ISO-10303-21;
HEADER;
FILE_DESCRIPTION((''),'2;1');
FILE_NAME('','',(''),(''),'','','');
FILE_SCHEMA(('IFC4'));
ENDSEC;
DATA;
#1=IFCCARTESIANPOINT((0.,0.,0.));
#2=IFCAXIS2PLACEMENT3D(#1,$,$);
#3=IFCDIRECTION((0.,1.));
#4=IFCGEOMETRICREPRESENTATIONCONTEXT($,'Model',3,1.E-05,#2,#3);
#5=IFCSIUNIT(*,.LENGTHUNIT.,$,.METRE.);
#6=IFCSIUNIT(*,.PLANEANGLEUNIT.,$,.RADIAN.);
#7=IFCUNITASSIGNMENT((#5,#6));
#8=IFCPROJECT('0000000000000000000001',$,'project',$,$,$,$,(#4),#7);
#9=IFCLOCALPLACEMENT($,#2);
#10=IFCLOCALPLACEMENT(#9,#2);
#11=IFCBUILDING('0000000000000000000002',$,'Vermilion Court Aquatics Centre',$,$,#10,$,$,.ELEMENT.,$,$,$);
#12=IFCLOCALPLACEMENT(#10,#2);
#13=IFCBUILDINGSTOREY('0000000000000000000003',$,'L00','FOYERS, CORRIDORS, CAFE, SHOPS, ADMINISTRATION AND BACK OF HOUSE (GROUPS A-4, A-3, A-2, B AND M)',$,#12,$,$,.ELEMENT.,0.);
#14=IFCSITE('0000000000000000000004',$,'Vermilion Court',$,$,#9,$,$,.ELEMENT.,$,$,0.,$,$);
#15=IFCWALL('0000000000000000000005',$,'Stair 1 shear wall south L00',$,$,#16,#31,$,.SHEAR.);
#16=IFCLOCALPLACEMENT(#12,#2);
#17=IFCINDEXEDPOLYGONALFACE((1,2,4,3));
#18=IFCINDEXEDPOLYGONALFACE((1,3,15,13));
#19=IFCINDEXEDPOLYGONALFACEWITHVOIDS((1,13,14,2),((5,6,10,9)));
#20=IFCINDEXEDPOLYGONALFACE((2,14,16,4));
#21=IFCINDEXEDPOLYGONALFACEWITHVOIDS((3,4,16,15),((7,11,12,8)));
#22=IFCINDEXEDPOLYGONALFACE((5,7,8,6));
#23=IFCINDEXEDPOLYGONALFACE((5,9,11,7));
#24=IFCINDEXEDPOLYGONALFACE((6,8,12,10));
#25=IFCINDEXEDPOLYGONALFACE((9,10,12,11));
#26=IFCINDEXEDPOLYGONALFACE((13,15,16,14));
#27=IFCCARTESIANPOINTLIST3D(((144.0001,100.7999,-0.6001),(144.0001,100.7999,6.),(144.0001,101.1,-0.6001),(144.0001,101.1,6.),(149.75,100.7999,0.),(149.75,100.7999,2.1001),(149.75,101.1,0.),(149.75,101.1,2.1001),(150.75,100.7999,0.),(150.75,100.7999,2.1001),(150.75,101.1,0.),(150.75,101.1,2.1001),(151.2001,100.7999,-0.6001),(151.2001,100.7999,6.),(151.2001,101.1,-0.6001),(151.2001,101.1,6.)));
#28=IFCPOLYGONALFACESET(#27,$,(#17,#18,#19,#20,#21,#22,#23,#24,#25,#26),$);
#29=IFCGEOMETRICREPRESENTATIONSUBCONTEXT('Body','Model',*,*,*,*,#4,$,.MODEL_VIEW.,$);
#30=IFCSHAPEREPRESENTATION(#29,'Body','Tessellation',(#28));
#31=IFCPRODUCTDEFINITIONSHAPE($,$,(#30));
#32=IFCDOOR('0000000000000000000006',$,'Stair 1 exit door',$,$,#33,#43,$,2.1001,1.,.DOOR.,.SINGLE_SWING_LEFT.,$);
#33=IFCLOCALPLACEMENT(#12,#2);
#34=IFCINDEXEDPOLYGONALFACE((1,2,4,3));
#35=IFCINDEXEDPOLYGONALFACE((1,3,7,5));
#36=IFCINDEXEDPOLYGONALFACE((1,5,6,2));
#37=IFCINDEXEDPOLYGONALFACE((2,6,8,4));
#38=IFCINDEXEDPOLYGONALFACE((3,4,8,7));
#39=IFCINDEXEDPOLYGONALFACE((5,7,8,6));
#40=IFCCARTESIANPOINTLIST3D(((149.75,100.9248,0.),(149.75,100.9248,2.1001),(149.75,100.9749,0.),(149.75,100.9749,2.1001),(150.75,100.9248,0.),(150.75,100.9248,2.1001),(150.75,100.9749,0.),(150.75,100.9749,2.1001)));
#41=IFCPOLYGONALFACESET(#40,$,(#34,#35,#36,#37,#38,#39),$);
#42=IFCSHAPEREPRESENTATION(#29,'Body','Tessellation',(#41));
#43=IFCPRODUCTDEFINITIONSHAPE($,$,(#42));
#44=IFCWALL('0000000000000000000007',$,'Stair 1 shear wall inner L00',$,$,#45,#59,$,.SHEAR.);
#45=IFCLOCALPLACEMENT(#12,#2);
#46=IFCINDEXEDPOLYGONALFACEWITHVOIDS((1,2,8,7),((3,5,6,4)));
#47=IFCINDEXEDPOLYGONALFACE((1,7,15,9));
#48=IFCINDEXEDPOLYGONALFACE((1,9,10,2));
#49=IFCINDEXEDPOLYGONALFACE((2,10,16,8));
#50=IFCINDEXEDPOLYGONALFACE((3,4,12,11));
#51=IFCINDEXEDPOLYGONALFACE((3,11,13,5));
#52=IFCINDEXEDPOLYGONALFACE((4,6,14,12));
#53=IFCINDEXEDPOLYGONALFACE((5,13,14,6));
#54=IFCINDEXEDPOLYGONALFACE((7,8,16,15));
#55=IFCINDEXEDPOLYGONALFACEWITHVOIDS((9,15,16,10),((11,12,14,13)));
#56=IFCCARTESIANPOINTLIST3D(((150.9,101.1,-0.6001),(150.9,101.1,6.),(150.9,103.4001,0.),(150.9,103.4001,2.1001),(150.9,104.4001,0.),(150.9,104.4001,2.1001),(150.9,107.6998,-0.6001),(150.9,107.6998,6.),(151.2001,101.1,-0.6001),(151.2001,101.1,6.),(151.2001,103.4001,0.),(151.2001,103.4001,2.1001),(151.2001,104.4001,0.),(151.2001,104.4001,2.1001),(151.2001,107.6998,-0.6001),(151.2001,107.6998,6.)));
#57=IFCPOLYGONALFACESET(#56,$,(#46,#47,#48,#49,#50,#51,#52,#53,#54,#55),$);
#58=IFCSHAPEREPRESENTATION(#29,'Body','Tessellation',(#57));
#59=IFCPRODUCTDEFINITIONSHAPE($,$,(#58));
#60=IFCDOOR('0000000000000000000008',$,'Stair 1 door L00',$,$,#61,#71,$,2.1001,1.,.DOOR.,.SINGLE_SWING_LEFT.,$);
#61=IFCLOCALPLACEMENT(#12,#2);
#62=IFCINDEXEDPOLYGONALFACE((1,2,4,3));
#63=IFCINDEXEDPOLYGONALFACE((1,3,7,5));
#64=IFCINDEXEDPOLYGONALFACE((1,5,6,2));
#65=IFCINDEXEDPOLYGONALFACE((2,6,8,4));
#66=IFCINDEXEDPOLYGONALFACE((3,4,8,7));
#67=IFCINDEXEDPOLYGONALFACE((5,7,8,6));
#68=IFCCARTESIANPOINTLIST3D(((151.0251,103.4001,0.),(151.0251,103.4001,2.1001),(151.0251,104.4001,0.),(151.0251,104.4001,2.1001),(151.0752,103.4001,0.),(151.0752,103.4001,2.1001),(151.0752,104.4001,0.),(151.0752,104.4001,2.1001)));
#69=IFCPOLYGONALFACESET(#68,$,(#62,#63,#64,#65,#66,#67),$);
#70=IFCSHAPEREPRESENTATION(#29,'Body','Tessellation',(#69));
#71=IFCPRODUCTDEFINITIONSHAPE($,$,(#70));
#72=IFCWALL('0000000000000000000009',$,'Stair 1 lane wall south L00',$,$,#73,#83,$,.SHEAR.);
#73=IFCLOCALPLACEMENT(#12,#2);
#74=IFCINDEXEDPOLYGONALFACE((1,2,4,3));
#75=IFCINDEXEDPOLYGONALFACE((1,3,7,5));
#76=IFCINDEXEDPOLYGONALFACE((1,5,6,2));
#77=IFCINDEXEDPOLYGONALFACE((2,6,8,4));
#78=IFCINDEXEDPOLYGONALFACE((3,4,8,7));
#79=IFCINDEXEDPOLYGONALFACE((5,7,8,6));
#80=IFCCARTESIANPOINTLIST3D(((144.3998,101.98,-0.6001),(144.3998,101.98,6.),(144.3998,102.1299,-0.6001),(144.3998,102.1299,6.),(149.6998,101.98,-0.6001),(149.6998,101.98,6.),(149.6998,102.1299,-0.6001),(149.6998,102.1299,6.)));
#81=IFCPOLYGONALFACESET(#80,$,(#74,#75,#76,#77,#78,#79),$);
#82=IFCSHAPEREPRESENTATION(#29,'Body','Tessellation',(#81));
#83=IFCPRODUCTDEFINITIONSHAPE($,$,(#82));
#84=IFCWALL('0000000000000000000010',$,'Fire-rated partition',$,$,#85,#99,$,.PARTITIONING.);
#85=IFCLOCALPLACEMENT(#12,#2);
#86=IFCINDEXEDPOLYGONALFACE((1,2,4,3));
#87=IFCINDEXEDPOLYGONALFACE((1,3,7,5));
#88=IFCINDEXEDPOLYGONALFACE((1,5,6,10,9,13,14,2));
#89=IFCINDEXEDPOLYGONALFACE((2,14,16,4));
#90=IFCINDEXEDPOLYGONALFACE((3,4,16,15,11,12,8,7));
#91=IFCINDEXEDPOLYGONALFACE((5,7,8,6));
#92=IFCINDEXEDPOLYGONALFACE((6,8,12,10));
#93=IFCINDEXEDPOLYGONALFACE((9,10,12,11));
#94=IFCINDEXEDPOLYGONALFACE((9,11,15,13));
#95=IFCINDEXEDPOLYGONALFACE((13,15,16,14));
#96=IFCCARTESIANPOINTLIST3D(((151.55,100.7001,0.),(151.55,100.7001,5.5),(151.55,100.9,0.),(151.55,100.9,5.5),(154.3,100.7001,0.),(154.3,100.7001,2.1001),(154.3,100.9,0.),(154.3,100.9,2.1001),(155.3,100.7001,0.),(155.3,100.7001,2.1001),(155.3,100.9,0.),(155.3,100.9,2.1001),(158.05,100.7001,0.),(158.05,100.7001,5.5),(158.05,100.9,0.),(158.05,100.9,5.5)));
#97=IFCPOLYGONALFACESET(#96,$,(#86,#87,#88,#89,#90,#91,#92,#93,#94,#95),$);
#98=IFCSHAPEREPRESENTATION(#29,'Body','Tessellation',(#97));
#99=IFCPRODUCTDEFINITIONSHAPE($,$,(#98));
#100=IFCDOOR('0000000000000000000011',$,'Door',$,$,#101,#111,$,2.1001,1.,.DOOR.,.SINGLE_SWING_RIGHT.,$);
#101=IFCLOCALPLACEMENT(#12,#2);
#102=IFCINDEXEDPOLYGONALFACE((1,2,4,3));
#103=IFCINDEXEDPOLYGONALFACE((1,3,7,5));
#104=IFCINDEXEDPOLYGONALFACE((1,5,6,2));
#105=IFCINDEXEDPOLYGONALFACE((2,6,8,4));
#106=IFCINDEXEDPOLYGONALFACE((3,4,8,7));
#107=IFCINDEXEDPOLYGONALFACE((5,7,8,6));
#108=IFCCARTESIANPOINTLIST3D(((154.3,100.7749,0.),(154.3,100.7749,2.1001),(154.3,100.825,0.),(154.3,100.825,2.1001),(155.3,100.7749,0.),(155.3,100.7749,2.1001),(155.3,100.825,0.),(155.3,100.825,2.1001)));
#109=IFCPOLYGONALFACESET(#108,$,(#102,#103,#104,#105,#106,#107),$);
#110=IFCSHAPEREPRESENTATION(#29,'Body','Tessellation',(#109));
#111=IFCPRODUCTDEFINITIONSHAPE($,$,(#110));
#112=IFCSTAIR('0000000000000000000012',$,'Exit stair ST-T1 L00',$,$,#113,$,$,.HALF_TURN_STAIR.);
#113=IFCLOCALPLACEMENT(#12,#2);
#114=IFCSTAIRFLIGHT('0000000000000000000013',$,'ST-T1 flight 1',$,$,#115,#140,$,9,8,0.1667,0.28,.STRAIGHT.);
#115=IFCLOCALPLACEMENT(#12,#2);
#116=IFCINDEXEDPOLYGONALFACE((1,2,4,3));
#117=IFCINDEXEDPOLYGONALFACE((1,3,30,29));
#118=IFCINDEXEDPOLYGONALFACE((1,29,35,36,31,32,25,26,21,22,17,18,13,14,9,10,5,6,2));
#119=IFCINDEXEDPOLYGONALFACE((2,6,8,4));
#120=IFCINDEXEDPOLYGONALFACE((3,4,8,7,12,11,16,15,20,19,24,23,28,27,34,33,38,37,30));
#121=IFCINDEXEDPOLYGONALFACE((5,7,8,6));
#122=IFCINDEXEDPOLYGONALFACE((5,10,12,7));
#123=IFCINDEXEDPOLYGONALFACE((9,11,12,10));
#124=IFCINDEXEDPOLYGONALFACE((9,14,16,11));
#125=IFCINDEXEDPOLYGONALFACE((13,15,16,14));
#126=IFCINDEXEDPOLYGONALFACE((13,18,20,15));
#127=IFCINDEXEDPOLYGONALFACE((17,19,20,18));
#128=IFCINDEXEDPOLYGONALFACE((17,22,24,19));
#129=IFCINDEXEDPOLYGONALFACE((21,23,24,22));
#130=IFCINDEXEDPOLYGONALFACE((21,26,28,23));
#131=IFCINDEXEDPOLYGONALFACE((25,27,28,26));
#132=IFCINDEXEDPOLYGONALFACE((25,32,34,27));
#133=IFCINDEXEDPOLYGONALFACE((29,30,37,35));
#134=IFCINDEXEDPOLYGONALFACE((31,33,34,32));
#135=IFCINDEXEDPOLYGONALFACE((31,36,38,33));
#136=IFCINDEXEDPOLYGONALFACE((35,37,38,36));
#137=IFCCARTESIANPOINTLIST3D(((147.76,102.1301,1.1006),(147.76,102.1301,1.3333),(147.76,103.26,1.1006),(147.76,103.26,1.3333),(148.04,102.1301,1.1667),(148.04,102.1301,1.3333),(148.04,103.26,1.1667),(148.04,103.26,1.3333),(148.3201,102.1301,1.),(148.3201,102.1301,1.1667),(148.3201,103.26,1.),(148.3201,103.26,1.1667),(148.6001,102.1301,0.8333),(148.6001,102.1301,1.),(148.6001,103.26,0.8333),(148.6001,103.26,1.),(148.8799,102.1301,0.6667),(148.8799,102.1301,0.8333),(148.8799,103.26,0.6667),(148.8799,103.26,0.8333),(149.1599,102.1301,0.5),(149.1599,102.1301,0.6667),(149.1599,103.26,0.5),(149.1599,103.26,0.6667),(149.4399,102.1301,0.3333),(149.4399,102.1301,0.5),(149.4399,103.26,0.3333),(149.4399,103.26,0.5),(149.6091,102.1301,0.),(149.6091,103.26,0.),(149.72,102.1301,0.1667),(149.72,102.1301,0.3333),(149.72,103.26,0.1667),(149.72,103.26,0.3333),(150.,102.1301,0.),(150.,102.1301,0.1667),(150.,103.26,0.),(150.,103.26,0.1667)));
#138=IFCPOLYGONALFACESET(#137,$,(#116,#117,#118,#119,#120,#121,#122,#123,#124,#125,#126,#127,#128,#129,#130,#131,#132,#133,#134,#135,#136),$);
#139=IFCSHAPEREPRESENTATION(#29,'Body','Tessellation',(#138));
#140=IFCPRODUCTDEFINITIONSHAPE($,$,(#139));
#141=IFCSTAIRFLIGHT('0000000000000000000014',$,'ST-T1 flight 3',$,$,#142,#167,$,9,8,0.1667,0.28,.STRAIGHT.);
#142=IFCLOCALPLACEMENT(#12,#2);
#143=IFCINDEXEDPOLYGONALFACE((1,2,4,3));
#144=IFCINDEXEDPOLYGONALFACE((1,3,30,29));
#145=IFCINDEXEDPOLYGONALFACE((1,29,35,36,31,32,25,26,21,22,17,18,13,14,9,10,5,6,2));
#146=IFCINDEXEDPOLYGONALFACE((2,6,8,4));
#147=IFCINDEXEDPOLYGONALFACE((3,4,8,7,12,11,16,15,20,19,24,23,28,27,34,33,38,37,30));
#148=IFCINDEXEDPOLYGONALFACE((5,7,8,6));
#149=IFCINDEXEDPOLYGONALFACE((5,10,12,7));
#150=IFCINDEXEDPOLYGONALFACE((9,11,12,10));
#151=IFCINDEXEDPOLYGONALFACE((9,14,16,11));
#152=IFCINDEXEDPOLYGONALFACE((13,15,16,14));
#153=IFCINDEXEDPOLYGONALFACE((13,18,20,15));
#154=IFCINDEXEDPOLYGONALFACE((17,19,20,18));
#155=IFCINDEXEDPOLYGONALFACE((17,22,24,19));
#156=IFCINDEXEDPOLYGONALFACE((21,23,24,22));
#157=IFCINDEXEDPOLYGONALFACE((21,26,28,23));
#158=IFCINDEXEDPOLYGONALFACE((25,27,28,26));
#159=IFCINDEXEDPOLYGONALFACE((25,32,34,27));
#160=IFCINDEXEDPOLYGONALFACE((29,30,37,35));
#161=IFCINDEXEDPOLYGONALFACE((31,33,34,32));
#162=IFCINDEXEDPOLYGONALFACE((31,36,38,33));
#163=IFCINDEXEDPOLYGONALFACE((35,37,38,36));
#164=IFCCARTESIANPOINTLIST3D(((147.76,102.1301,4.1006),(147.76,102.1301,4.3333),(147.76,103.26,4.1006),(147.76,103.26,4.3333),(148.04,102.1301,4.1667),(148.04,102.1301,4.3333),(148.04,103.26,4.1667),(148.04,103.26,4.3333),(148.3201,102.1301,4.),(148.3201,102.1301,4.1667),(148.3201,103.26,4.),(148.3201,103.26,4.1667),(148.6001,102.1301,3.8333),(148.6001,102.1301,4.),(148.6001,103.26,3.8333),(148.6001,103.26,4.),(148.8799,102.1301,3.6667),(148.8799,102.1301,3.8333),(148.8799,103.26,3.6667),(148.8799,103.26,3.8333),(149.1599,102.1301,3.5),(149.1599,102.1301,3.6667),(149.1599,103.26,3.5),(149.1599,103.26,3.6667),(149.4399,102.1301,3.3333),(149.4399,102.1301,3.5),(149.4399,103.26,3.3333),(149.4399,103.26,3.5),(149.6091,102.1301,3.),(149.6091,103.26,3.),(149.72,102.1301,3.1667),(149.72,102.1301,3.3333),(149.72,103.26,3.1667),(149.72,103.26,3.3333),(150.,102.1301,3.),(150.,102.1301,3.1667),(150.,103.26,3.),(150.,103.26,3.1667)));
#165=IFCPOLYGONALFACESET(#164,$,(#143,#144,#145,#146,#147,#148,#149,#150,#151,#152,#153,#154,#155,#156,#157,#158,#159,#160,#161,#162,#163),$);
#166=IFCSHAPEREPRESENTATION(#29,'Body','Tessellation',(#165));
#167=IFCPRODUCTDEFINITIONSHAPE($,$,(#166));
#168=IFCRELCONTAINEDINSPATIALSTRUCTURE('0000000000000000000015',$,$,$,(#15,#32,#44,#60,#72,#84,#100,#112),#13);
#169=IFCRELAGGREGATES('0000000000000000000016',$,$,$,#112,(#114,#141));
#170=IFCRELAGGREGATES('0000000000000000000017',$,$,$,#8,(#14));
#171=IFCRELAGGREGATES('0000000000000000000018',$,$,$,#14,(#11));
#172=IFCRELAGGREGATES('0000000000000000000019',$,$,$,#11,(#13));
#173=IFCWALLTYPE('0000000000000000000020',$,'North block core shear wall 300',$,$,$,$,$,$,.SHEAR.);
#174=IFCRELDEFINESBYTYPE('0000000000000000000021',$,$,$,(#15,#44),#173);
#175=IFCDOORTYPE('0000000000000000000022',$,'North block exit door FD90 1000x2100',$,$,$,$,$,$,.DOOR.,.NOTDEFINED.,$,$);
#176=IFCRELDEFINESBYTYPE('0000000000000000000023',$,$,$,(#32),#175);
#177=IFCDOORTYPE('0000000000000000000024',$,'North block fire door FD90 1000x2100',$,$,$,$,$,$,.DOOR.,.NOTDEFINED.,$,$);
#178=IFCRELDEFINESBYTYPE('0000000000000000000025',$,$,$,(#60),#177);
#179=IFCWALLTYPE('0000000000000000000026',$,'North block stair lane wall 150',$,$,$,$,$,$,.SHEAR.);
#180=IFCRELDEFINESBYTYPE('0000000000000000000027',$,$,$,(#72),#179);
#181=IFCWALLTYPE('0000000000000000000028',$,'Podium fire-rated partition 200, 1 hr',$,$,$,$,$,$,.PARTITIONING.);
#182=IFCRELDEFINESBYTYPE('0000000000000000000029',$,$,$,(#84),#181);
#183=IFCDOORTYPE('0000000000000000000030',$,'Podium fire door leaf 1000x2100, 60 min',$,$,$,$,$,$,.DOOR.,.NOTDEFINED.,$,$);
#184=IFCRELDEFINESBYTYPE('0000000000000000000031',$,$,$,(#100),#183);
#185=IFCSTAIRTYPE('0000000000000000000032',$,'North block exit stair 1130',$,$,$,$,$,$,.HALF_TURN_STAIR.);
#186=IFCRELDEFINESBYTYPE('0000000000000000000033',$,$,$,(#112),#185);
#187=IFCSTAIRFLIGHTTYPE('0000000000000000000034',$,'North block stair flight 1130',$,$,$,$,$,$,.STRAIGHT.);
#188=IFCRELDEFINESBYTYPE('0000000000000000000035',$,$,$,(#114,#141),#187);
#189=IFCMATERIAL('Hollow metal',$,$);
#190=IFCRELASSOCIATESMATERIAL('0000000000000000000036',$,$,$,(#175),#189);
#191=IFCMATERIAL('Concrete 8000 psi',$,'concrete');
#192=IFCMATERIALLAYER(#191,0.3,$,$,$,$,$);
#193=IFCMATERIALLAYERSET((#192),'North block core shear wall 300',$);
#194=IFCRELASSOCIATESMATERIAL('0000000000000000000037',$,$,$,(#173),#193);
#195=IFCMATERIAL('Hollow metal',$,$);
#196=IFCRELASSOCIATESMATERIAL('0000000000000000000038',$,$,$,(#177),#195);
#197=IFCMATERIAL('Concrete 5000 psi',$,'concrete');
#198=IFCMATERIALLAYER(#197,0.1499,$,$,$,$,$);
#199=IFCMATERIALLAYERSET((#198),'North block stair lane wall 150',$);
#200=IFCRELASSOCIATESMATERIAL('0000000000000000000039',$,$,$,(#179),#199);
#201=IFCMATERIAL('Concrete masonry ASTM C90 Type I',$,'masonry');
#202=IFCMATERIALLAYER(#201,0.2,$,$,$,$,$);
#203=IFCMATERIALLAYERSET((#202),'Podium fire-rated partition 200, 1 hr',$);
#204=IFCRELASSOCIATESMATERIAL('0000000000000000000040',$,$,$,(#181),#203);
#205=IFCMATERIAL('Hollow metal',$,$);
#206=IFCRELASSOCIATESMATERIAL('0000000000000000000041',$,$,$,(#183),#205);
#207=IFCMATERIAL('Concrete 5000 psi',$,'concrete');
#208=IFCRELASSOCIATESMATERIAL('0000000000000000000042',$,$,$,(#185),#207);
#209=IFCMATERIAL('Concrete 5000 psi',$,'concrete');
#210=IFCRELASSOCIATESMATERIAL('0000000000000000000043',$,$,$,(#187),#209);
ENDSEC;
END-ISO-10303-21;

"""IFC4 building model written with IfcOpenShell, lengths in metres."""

from ifc_helpers import new_model, si_unit, direction, frame, frame_2d, origin, place, context, subcontext, project, spatial, polyline, rectangle, outline, extrude, material, layer, layer_set, type_object, element, fill, aggregate, save


model = new_model("IFC4")

# Units and contexts
model_context = context("Model", 3, precision=1e-05, world=origin(), true_north=direction((0.0, 1.0)))
body_context = subcontext(model_context, "Body", "Model", "MODEL_VIEW")
ifc_project = project(units=[si_unit("LENGTHUNIT", "METRE"), si_unit("PLANEANGLEUNIT", "RADIAN")], contexts=[model_context])

# Site, building, storey
site_placement = place(None, origin())
site = spatial("IfcSite", under=ifc_project, at=site_placement, Name="Vermilion Court", CompositionType="ELEMENT", RefElevation=0.0)
building_placement = place(site_placement, origin())
building = spatial("IfcBuilding", under=site, at=building_placement, Name="Vermilion Court Aquatics Centre", CompositionType="ELEMENT")
storey_placement = place(building_placement, origin())
storey = spatial("IfcBuildingStorey", under=building, at=storey_placement, Name="L00", Description="FOYERS, CORRIDORS, CAFE, SHOPS, ADMINISTRATION AND BACK OF HOUSE (GROUPS A-4, A-3, A-2, B AND M)", CompositionType="ELEMENT", Elevation=0.0)

# Walls, openings, doors
ifc_material_1 = material(Name="Hollow metal")
door_type_1 = type_object("IfcDoorType", Name="North block exit door FD90 1000x2100", OperationType="NOTDEFINED", PredefinedType="DOOR", material=ifc_material_1)
ifc_material_2 = material(Name="Concrete 8000 psi", Category="concrete")
ifc_layer_1 = layer(ifc_material_2, 0.3)
ifc_layer_set_1 = layer_set([ifc_layer_1], Name="North block core shear wall 300")
wall_type_1 = type_object("IfcWallType", Name="North block core shear wall 300", PredefinedType="SHEAR", material=ifc_layer_set_1)
wall_1_placement = place(storey_placement, frame((144.0, 100.95, -0.6001), z_axis=(0.0, 0.0, 1.0), x_axis=(1.0, 0.0, 0.0)))
wall_1 = element("IfcWall", 1, at=wall_1_placement, inside=storey, type_object=wall_type_1, Name="Stair 1 shear wall south L00", PredefinedType="SHEAR", context=body_context, shape_type="SweptSolid", body=[
    extrude(rectangle(XDim=7.2, YDim=0.3, at=frame_2d((3.6001, 0.0))), origin(), (0.0, 0.0, 1.0), 6.6001),
])
opening_1_placement = place(wall_1_placement, frame((5.75, 0.0, 0.6001)))
opening_1 = element("IfcOpeningElement", 2, at=opening_1_placement, cuts=wall_1, PredefinedType="OPENING", context=body_context, shape_type="SweptSolid", body=[
    extrude(rectangle(XDim=1.0, YDim=2.1001, at=frame_2d((0.5, 1.05))), frame((0.0, 0.1599, 0.0), z_axis=(0.0, -1.0, 0.0), x_axis=(1.0, 0.0, 0.0)), (0.0, 0.0, 1.0), 0.3201),
])
door_1_placement = place(opening_1_placement, frame((1.0, 0.0, 0.0), z_axis=(0.0, 0.0, 1.0), x_axis=(-1.0, 0.0, 0.0)))
door_1 = element("IfcDoor", 3, at=door_1_placement, inside=storey, type_object=door_type_1, Name="Stair 1 exit door", OperationType="SINGLE_SWING_LEFT", OverallHeight=2.1001, OverallWidth=1.0, PredefinedType="DOOR", context=body_context, shape_type="SweptSolid", body=[
    extrude(rectangle(XDim=1.0, YDim=2.1001, at=frame_2d((0.5, 1.05))), frame((0.0, 0.0251, 0.0), z_axis=(0.0, -1.0, 0.0), x_axis=(1.0, 0.0, 0.0)), (0.0, 0.0, 1.0), 0.05),
])
fill(opening_1, door_1)
wall_2_placement = place(storey_placement, frame((151.05, 101.1001, -0.6001), z_axis=(0.0, 0.0, 1.0), x_axis=(0.0, 1.0, 0.0)))
wall_2 = element("IfcWall", 4, at=wall_2_placement, inside=storey, type_object=wall_type_1, Name="Stair 1 shear wall inner L00", PredefinedType="SHEAR", context=body_context, shape_type="SweptSolid", body=[
    extrude(rectangle(XDim=6.5999, YDim=0.3, at=frame_2d((3.2998, 0.0))), origin(), (0.0, 0.0, 1.0), 6.6001),
])
opening_2_placement = place(wall_2_placement, frame((2.3, 0.0, 0.6001)))
opening_2 = element("IfcOpeningElement", 5, at=opening_2_placement, cuts=wall_2, PredefinedType="OPENING", context=body_context, shape_type="SweptSolid", body=[
    extrude(rectangle(XDim=1.0, YDim=2.1001, at=frame_2d((0.5, 1.05))), frame((0.0, 0.1599, 0.0), z_axis=(0.0, -1.0, 0.0), x_axis=(1.0, 0.0, 0.0)), (0.0, 0.0, 1.0), 0.3201),
])
ifc_material_3 = material(Name="Hollow metal")
door_type_2 = type_object("IfcDoorType", Name="North block fire door FD90 1000x2100", OperationType="NOTDEFINED", PredefinedType="DOOR", material=ifc_material_3)
door_2_placement = place(opening_2_placement, frame((1.0, 0.0, 0.0), z_axis=(0.0, 0.0, 1.0), x_axis=(-1.0, 0.0, 0.0)))
door_2 = element("IfcDoor", 6, at=door_2_placement, inside=storey, type_object=door_type_2, Name="Stair 1 door L00", OperationType="SINGLE_SWING_LEFT", OverallHeight=2.1001, OverallWidth=1.0, PredefinedType="DOOR", context=body_context, shape_type="SweptSolid", body=[
    extrude(rectangle(XDim=1.0, YDim=2.1001, at=frame_2d((0.5, 1.05))), frame((0.0, 0.0251, 0.0), z_axis=(0.0, -1.0, 0.0), x_axis=(1.0, 0.0, 0.0)), (0.0, 0.0, 1.0), 0.05),
])
fill(opening_2, door_2)

# Wall
ifc_material_4 = material(Name="Concrete 5000 psi", Category="concrete")
ifc_layer_2 = layer(ifc_material_4, 0.1499)
ifc_layer_set_2 = layer_set([ifc_layer_2], Name="North block stair lane wall 150")
wall_type_2 = type_object("IfcWallType", Name="North block stair lane wall 150", PredefinedType="SHEAR", material=ifc_layer_set_2)
wall_3_placement = place(storey_placement, frame((144.3999, 102.0549, -0.6001), z_axis=(0.0, 0.0, 1.0), x_axis=(1.0, 0.0, 0.0)))
element("IfcWall", 7, at=wall_3_placement, inside=storey, type_object=wall_type_2, Name="Stair 1 lane wall south L00", PredefinedType="SHEAR", context=body_context, shape_type="SweptSolid", body=[
    extrude(rectangle(XDim=5.3, YDim=0.1499, at=frame_2d((2.6499, 0.0))), origin(), (0.0, 0.0, 1.0), 6.6001),
])

# Wall, opening, door
ifc_material_5 = material(Name="Concrete masonry ASTM C90 Type I", Category="masonry")
ifc_layer_3 = layer(ifc_material_5, 0.2)
ifc_layer_set_3 = layer_set([ifc_layer_3], Name="Podium fire-rated partition 200, 1 hr")
wall_type_3 = type_object("IfcWallType", Name="Podium fire-rated partition 200, 1 hr", PredefinedType="PARTITIONING", material=ifc_layer_set_3)
wall_4_placement = place(storey_placement, frame((151.55, 100.8, 0.0), z_axis=(0.0, 0.0, 1.0), x_axis=(1.0, 0.0, 0.0)))
wall_4 = element("IfcWall", 8, at=wall_4_placement, inside=storey, type_object=wall_type_3, Name="Fire-rated partition", PredefinedType="PARTITIONING", context=body_context, shape_type="SweptSolid", body=[
    extrude(rectangle(XDim=6.5, YDim=0.2, at=frame_2d((3.25, 0.0))), origin(), (0.0, 0.0, 1.0), 5.5),
])
opening_3_placement = place(wall_4_placement, frame((2.75, 0.0, 0.0)))
opening_3 = element("IfcOpeningElement", 9, at=opening_3_placement, cuts=wall_4, PredefinedType="OPENING", context=body_context, shape_type="SweptSolid", body=[
    extrude(rectangle(XDim=1.0, YDim=2.1001, at=frame_2d((0.5, 1.05))), frame((0.0, 0.1099, 0.0), z_axis=(0.0, -1.0, 0.0), x_axis=(1.0, 0.0, 0.0)), (0.0, 0.0, 1.0), 0.22),
])
ifc_material_6 = material(Name="Hollow metal")
door_type_3 = type_object("IfcDoorType", Name="Podium fire door leaf 1000x2100, 60 min", OperationType="NOTDEFINED", PredefinedType="DOOR", material=ifc_material_6)
door_3_placement = place(opening_3_placement, origin())
door_3 = element("IfcDoor", 10, at=door_3_placement, inside=storey, type_object=door_type_3, Name="Door", OperationType="SINGLE_SWING_RIGHT", OverallHeight=2.1001, OverallWidth=1.0, PredefinedType="DOOR", context=body_context, shape_type="SweptSolid", body=[
    extrude(rectangle(XDim=1.0, YDim=2.1001, at=frame_2d((0.5, 1.05))), frame((0.0, 0.0249, 0.0), z_axis=(0.0, -1.0, 0.0), x_axis=(1.0, 0.0, 0.0)), (0.0, 0.0, 1.0), 0.05),
])
fill(opening_3, door_3)

# Stair, stair flights
ifc_material_7 = material(Name="Concrete 5000 psi", Category="concrete")
stair_type = type_object("IfcStairType", Name="North block exit stair 1130", PredefinedType="HALF_TURN_STAIR", material=ifc_material_7)
stair_placement = place(storey_placement, origin())
stair = element("IfcStair", 11, at=stair_placement, inside=storey, type_object=stair_type, Name="Exit stair ST-T1 L00", PredefinedType="HALF_TURN_STAIR")
ifc_material_8 = material(Name="Concrete 5000 psi", Category="concrete")
stair_flight_type = type_object("IfcStairFlightType", Name="North block stair flight 1130", PredefinedType="STRAIGHT", material=ifc_material_8)
stair_flight_1_placement = place(storey_placement, frame((150.0, 102.6951, 0.0), z_axis=(0.0, 0.0, 1.0), x_axis=(-1.0, 0.0, 0.0)))
stair_flight_1 = element("IfcStairFlight", 12, at=stair_flight_1_placement, type_object=stair_flight_type, Name="ST-T1 flight 1", NumberOfRisers=9, NumberOfTreads=8, PredefinedType="STRAIGHT", RiserHeight=0.1667, TreadLength=0.28, context=body_context, shape_type="SweptSolid", body=[
    extrude(outline(polyline([(0.0, 0.0), (0.0, 0.1667), (0.28, 0.1667), (0.28, 0.3333), (0.5601, 0.3333), (0.5601, 0.5), (0.8401, 0.5), (0.8401, 0.6667), (1.1201, 0.6667), (1.1201, 0.8333), (1.3999, 0.8333), (1.3999, 1.0), (1.6799, 1.0), (1.6799, 1.1667), (1.96, 1.1667), (1.96, 1.3333), (2.24, 1.3333), (2.24, 1.5), (2.24, 1.1006), (0.3909, 0.0), (0.0, 0.0)])), frame((0.0, 0.5649, 0.0), z_axis=(0.0, -1.0, 0.0), x_axis=(1.0, 0.0, 0.0)), (0.0, 0.0, 1.0), 1.1299),
])
stair_flight_2_placement = place(storey_placement, frame((150.0, 102.6951, 3.0), z_axis=(0.0, 0.0, 1.0), x_axis=(-1.0, 0.0, 0.0)))
stair_flight_2 = element("IfcStairFlight", 13, at=stair_flight_2_placement, type_object=stair_flight_type, Name="ST-T1 flight 3", NumberOfRisers=9, NumberOfTreads=8, PredefinedType="STRAIGHT", RiserHeight=0.1667, TreadLength=0.28, context=body_context, shape_type="SweptSolid", body=[
    extrude(outline(polyline([(0.0, 0.0), (0.0, 0.1667), (0.28, 0.1667), (0.28, 0.3333), (0.5601, 0.3333), (0.5601, 0.5), (0.8401, 0.5), (0.8401, 0.6667), (1.1201, 0.6667), (1.1201, 0.8333), (1.3999, 0.8333), (1.3999, 1.0), (1.6799, 1.0), (1.6799, 1.1667), (1.96, 1.1667), (1.96, 1.3333), (2.24, 1.3333), (2.24, 1.5), (2.24, 1.1006), (0.3909, 0.0), (0.0, 0.0)])), frame((0.0, 0.5649, 0.0), z_axis=(0.0, -1.0, 0.0), x_axis=(1.0, 0.0, 0.0)), (0.0, 0.0, 1.0), 1.1299),
])
aggregate(stair, [stair_flight_1, stair_flight_2])

save(model, "model.ifc")
